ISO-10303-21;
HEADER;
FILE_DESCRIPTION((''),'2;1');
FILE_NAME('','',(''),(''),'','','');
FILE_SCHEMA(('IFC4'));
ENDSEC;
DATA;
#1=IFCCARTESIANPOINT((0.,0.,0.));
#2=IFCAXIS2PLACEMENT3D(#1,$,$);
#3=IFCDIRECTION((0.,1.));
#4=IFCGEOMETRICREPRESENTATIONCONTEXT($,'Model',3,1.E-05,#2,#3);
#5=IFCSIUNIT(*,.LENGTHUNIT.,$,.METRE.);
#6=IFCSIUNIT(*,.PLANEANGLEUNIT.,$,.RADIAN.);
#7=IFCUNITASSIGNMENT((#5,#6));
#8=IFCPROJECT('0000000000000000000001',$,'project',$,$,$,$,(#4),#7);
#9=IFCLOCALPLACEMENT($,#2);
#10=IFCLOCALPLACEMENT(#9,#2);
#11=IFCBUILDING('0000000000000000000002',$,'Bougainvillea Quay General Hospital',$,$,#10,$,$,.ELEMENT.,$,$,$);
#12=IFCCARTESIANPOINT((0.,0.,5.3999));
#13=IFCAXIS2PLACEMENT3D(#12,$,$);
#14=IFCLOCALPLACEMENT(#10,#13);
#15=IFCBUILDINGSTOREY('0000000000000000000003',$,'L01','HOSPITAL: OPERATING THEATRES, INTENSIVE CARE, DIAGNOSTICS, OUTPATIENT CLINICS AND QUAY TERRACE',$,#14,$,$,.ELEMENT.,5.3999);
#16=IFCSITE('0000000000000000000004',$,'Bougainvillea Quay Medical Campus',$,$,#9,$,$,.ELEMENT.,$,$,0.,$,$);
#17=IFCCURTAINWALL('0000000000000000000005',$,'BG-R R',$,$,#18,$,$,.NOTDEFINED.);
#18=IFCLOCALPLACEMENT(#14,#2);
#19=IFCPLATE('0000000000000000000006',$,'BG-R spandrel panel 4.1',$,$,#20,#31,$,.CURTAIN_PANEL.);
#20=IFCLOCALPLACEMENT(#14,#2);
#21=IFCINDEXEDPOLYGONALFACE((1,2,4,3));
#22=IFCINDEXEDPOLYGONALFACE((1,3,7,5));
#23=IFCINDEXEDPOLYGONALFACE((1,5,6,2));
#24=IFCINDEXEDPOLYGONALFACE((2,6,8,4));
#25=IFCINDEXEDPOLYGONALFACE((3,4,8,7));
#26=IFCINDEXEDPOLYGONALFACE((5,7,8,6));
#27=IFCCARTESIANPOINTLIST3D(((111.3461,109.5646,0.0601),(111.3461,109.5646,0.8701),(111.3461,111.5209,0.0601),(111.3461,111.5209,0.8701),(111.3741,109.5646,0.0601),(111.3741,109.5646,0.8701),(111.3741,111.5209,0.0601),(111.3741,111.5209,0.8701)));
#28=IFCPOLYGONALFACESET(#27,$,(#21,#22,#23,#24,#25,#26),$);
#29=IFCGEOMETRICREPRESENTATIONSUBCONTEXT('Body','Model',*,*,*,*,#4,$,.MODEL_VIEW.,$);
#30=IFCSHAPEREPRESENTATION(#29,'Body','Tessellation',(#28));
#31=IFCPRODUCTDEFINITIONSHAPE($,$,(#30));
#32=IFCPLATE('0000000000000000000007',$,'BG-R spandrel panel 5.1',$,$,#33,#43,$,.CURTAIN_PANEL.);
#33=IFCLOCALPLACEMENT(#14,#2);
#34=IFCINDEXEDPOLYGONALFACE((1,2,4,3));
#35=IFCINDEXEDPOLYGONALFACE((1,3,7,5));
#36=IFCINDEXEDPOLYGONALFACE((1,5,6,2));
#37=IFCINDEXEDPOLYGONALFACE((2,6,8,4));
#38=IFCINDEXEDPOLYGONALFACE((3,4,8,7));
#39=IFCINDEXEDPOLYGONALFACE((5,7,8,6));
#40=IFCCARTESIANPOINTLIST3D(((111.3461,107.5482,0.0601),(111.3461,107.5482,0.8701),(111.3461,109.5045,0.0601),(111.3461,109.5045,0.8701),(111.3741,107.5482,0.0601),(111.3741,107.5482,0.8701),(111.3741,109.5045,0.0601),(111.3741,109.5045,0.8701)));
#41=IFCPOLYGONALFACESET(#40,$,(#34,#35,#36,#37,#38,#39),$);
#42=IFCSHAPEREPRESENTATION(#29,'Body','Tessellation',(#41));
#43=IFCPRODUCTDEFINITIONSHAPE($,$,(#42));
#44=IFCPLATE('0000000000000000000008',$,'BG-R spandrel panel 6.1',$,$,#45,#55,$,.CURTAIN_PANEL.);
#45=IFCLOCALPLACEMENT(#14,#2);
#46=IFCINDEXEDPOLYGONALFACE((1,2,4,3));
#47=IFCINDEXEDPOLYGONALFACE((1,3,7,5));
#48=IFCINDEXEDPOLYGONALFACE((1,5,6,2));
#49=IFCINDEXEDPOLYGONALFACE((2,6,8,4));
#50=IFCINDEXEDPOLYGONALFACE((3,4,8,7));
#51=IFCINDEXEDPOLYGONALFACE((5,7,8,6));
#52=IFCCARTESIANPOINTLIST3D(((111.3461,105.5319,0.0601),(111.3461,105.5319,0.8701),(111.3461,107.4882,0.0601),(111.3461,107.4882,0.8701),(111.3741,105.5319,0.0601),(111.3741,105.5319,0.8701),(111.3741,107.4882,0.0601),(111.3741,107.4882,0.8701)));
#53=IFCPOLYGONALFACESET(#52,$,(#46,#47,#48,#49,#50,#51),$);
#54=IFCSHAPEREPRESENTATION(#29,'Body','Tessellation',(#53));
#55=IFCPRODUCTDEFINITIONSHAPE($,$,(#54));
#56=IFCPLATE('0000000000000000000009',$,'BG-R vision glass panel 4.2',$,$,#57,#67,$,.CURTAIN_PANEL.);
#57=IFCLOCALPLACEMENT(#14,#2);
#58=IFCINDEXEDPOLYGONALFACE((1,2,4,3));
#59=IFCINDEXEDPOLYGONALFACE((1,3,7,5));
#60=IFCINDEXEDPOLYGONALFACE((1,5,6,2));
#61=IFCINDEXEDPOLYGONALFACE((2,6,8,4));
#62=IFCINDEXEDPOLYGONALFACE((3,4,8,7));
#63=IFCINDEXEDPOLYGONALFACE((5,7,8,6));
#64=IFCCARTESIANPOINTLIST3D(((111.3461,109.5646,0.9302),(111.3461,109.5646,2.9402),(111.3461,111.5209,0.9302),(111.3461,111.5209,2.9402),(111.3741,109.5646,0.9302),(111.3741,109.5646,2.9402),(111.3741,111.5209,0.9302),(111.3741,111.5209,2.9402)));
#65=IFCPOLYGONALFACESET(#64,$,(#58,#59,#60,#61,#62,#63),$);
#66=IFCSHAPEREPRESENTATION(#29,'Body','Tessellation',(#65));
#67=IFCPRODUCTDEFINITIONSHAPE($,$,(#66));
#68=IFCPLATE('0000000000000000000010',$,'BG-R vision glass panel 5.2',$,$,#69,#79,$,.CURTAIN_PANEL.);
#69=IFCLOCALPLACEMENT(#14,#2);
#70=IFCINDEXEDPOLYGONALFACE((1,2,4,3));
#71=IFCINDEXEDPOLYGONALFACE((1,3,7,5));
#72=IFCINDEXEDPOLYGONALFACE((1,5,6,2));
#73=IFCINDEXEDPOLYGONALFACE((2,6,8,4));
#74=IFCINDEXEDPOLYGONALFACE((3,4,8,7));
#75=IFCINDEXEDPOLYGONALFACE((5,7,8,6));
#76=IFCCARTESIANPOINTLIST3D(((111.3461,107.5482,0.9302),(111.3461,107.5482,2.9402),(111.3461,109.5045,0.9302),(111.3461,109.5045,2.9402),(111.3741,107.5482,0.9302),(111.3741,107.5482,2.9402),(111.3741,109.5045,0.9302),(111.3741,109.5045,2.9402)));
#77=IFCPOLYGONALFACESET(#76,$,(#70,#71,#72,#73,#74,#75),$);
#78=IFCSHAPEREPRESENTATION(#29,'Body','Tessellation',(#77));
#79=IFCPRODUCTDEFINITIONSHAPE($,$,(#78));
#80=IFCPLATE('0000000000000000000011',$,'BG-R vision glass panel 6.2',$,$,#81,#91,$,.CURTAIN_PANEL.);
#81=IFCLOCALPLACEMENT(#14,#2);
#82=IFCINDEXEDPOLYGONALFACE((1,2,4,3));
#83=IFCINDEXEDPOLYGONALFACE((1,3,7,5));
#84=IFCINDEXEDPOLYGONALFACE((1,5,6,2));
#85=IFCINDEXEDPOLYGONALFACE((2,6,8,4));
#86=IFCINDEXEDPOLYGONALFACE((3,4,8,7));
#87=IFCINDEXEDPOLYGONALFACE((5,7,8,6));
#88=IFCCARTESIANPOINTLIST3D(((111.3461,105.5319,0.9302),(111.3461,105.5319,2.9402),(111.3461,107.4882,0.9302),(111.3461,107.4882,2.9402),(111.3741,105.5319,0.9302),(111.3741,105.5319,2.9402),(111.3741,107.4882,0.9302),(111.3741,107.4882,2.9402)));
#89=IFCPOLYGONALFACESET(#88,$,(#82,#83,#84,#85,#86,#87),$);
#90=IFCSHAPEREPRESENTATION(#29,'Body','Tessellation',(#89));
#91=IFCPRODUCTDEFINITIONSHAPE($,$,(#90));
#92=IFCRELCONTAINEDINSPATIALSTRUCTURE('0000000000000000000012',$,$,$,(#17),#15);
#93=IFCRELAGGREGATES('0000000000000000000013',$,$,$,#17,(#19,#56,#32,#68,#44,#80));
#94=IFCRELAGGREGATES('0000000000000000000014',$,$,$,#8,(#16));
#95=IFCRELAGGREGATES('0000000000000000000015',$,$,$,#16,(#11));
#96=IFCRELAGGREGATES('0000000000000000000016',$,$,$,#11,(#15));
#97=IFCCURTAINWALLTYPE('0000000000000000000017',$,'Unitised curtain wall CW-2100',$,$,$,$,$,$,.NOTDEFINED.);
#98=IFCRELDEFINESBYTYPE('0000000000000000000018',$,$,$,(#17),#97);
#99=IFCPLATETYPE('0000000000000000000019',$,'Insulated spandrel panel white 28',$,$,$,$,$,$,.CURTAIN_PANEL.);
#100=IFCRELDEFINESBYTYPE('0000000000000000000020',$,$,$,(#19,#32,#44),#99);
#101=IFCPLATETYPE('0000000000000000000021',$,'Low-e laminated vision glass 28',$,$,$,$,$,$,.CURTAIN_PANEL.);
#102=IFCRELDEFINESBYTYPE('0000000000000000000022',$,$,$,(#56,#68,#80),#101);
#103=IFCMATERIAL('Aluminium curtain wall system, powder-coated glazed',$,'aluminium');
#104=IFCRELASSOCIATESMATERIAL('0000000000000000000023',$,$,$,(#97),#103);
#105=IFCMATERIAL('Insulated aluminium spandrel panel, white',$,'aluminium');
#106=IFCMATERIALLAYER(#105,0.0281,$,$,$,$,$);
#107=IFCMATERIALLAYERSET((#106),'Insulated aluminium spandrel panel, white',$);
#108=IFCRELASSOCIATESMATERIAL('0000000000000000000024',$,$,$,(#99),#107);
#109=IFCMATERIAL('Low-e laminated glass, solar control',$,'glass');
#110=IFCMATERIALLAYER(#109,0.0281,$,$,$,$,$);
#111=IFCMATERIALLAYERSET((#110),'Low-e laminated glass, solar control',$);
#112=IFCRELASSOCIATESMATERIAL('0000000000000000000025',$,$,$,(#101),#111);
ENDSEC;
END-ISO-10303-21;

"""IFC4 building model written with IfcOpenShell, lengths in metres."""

from ifc_helpers import new_model, si_unit, direction, frame, origin, origin_2d, place, context, subcontext, project, spatial, rectangle, extrude, material, layer, layer_set, type_object, element, aggregate, save


model = new_model("IFC4")

# Units and contexts
model_context = context("Model", 3, precision=1e-05, world=origin(), true_north=direction((0.0, 1.0)))
body_context = subcontext(model_context, "Body", "Model", "MODEL_VIEW")
ifc_project = project(units=[si_unit("LENGTHUNIT", "METRE"), si_unit("PLANEANGLEUNIT", "RADIAN")], contexts=[model_context])

# Site, building, storey
site_placement = place(None, origin())
site = spatial("IfcSite", under=ifc_project, at=site_placement, Name="Bougainvillea Quay Medical Campus", CompositionType="ELEMENT", RefElevation=0.0)
building_placement = place(site_placement, origin())
building = spatial("IfcBuilding", under=site, at=building_placement, Name="Bougainvillea Quay General Hospital", CompositionType="ELEMENT")
storey_placement = place(building_placement, frame((0.0, 0.0, 5.3999)))
storey = spatial("IfcBuildingStorey", under=building, at=storey_placement, Name="L01", Description="HOSPITAL: OPERATING THEATRES, INTENSIVE CARE, DIAGNOSTICS, OUTPATIENT CLINICS AND QUAY TERRACE", CompositionType="ELEMENT", Elevation=5.3999)

# Curtain wall, plates
ifc_material_1 = material(Name="Aluminium curtain wall system, powder-coated glazed", Category="aluminium")
curtain_wall_type = type_object("IfcCurtainWallType", Name="Unitised curtain wall CW-2100", PredefinedType="NOTDEFINED", material=ifc_material_1)
curtain_wall_placement = place(storey_placement, origin())
curtain_wall = element("IfcCurtainWall", 1, at=curtain_wall_placement, inside=storey, type_object=curtain_wall_type, Name="BG-R R", PredefinedType="NOTDEFINED")
ifc_material_2 = material(Name="Insulated aluminium spandrel panel, white", Category="aluminium")
ifc_layer_1 = layer(ifc_material_2, 0.0281)
ifc_layer_set_1 = layer_set([ifc_layer_1], Name="Insulated aluminium spandrel panel, white")
plate_type_1 = type_object("IfcPlateType", Name="Insulated spandrel panel white 28", PredefinedType="CURTAIN_PANEL", material=ifc_layer_set_1)
plate_1_placement = place(storey_placement, frame((111.3601, 110.5427, 0.0601), z_axis=(0.0, 0.0, 1.0), x_axis=(0.0, -1.0, 0.0)))
plate_1 = element("IfcPlate", 2, at=plate_1_placement, type_object=plate_type_1, Name="BG-R spandrel panel 4.1", PredefinedType="CURTAIN_PANEL", context=body_context, shape_type="SweptSolid", body=[
    extrude(rectangle(XDim=1.9563, YDim=0.0281, at=origin_2d()), origin(), (0.0, 0.0, 1.0), 0.8101),
])
plate_2_placement = place(storey_placement, frame((111.3601, 108.5264, 0.0601), z_axis=(0.0, 0.0, 1.0), x_axis=(0.0, -1.0, 0.0)))
plate_2 = element("IfcPlate", 3, at=plate_2_placement, type_object=plate_type_1, Name="BG-R spandrel panel 5.1", PredefinedType="CURTAIN_PANEL", context=body_context, shape_type="SweptSolid", body=[
    extrude(rectangle(XDim=1.9563, YDim=0.0281, at=origin_2d()), origin(), (0.0, 0.0, 1.0), 0.8101),
])
plate_3_placement = place(storey_placement, frame((111.3601, 106.51, 0.0601), z_axis=(0.0, 0.0, 1.0), x_axis=(0.0, -1.0, 0.0)))
plate_3 = element("IfcPlate", 4, at=plate_3_placement, type_object=plate_type_1, Name="BG-R spandrel panel 6.1", PredefinedType="CURTAIN_PANEL", context=body_context, shape_type="SweptSolid", body=[
    extrude(rectangle(XDim=1.9563, YDim=0.0281, at=origin_2d()), origin(), (0.0, 0.0, 1.0), 0.8101),
])
ifc_material_3 = material(Name="Low-e laminated glass, solar control", Category="glass")
ifc_layer_2 = layer(ifc_material_3, 0.0281)
ifc_layer_set_2 = layer_set([ifc_layer_2], Name="Low-e laminated glass, solar control")
plate_type_2 = type_object("IfcPlateType", Name="Low-e laminated vision glass 28", PredefinedType="CURTAIN_PANEL", material=ifc_layer_set_2)
plate_4_placement = place(storey_placement, frame((111.3601, 110.5427, 0.9302), z_axis=(0.0, 0.0, 1.0), x_axis=(0.0, -1.0, 0.0)))
plate_4 = element("IfcPlate", 5, at=plate_4_placement, type_object=plate_type_2, Name="BG-R vision glass panel 4.2", PredefinedType="CURTAIN_PANEL", context=body_context, shape_type="SweptSolid", body=[
    extrude(rectangle(XDim=1.9563, YDim=0.0281, at=origin_2d()), origin(), (0.0, 0.0, 1.0), 2.01),
])
plate_5_placement = place(storey_placement, frame((111.3601, 108.5264, 0.9302), z_axis=(0.0, 0.0, 1.0), x_axis=(0.0, -1.0, 0.0)))
plate_5 = element("IfcPlate", 6, at=plate_5_placement, type_object=plate_type_2, Name="BG-R vision glass panel 5.2", PredefinedType="CURTAIN_PANEL", context=body_context, shape_type="SweptSolid", body=[
    extrude(rectangle(XDim=1.9563, YDim=0.0281, at=origin_2d()), origin(), (0.0, 0.0, 1.0), 2.01),
])
plate_6_placement = place(storey_placement, frame((111.3601, 106.51, 0.9302), z_axis=(0.0, 0.0, 1.0), x_axis=(0.0, -1.0, 0.0)))
plate_6 = element("IfcPlate", 7, at=plate_6_placement, type_object=plate_type_2, Name="BG-R vision glass panel 6.2", PredefinedType="CURTAIN_PANEL", context=body_context, shape_type="SweptSolid", body=[
    extrude(rectangle(XDim=1.9563, YDim=0.0281, at=origin_2d()), origin(), (0.0, 0.0, 1.0), 2.01),
])
aggregate(curtain_wall, [plate_1, plate_4, plate_2, plate_5, plate_3, plate_6])

save(model, "model.ifc")
